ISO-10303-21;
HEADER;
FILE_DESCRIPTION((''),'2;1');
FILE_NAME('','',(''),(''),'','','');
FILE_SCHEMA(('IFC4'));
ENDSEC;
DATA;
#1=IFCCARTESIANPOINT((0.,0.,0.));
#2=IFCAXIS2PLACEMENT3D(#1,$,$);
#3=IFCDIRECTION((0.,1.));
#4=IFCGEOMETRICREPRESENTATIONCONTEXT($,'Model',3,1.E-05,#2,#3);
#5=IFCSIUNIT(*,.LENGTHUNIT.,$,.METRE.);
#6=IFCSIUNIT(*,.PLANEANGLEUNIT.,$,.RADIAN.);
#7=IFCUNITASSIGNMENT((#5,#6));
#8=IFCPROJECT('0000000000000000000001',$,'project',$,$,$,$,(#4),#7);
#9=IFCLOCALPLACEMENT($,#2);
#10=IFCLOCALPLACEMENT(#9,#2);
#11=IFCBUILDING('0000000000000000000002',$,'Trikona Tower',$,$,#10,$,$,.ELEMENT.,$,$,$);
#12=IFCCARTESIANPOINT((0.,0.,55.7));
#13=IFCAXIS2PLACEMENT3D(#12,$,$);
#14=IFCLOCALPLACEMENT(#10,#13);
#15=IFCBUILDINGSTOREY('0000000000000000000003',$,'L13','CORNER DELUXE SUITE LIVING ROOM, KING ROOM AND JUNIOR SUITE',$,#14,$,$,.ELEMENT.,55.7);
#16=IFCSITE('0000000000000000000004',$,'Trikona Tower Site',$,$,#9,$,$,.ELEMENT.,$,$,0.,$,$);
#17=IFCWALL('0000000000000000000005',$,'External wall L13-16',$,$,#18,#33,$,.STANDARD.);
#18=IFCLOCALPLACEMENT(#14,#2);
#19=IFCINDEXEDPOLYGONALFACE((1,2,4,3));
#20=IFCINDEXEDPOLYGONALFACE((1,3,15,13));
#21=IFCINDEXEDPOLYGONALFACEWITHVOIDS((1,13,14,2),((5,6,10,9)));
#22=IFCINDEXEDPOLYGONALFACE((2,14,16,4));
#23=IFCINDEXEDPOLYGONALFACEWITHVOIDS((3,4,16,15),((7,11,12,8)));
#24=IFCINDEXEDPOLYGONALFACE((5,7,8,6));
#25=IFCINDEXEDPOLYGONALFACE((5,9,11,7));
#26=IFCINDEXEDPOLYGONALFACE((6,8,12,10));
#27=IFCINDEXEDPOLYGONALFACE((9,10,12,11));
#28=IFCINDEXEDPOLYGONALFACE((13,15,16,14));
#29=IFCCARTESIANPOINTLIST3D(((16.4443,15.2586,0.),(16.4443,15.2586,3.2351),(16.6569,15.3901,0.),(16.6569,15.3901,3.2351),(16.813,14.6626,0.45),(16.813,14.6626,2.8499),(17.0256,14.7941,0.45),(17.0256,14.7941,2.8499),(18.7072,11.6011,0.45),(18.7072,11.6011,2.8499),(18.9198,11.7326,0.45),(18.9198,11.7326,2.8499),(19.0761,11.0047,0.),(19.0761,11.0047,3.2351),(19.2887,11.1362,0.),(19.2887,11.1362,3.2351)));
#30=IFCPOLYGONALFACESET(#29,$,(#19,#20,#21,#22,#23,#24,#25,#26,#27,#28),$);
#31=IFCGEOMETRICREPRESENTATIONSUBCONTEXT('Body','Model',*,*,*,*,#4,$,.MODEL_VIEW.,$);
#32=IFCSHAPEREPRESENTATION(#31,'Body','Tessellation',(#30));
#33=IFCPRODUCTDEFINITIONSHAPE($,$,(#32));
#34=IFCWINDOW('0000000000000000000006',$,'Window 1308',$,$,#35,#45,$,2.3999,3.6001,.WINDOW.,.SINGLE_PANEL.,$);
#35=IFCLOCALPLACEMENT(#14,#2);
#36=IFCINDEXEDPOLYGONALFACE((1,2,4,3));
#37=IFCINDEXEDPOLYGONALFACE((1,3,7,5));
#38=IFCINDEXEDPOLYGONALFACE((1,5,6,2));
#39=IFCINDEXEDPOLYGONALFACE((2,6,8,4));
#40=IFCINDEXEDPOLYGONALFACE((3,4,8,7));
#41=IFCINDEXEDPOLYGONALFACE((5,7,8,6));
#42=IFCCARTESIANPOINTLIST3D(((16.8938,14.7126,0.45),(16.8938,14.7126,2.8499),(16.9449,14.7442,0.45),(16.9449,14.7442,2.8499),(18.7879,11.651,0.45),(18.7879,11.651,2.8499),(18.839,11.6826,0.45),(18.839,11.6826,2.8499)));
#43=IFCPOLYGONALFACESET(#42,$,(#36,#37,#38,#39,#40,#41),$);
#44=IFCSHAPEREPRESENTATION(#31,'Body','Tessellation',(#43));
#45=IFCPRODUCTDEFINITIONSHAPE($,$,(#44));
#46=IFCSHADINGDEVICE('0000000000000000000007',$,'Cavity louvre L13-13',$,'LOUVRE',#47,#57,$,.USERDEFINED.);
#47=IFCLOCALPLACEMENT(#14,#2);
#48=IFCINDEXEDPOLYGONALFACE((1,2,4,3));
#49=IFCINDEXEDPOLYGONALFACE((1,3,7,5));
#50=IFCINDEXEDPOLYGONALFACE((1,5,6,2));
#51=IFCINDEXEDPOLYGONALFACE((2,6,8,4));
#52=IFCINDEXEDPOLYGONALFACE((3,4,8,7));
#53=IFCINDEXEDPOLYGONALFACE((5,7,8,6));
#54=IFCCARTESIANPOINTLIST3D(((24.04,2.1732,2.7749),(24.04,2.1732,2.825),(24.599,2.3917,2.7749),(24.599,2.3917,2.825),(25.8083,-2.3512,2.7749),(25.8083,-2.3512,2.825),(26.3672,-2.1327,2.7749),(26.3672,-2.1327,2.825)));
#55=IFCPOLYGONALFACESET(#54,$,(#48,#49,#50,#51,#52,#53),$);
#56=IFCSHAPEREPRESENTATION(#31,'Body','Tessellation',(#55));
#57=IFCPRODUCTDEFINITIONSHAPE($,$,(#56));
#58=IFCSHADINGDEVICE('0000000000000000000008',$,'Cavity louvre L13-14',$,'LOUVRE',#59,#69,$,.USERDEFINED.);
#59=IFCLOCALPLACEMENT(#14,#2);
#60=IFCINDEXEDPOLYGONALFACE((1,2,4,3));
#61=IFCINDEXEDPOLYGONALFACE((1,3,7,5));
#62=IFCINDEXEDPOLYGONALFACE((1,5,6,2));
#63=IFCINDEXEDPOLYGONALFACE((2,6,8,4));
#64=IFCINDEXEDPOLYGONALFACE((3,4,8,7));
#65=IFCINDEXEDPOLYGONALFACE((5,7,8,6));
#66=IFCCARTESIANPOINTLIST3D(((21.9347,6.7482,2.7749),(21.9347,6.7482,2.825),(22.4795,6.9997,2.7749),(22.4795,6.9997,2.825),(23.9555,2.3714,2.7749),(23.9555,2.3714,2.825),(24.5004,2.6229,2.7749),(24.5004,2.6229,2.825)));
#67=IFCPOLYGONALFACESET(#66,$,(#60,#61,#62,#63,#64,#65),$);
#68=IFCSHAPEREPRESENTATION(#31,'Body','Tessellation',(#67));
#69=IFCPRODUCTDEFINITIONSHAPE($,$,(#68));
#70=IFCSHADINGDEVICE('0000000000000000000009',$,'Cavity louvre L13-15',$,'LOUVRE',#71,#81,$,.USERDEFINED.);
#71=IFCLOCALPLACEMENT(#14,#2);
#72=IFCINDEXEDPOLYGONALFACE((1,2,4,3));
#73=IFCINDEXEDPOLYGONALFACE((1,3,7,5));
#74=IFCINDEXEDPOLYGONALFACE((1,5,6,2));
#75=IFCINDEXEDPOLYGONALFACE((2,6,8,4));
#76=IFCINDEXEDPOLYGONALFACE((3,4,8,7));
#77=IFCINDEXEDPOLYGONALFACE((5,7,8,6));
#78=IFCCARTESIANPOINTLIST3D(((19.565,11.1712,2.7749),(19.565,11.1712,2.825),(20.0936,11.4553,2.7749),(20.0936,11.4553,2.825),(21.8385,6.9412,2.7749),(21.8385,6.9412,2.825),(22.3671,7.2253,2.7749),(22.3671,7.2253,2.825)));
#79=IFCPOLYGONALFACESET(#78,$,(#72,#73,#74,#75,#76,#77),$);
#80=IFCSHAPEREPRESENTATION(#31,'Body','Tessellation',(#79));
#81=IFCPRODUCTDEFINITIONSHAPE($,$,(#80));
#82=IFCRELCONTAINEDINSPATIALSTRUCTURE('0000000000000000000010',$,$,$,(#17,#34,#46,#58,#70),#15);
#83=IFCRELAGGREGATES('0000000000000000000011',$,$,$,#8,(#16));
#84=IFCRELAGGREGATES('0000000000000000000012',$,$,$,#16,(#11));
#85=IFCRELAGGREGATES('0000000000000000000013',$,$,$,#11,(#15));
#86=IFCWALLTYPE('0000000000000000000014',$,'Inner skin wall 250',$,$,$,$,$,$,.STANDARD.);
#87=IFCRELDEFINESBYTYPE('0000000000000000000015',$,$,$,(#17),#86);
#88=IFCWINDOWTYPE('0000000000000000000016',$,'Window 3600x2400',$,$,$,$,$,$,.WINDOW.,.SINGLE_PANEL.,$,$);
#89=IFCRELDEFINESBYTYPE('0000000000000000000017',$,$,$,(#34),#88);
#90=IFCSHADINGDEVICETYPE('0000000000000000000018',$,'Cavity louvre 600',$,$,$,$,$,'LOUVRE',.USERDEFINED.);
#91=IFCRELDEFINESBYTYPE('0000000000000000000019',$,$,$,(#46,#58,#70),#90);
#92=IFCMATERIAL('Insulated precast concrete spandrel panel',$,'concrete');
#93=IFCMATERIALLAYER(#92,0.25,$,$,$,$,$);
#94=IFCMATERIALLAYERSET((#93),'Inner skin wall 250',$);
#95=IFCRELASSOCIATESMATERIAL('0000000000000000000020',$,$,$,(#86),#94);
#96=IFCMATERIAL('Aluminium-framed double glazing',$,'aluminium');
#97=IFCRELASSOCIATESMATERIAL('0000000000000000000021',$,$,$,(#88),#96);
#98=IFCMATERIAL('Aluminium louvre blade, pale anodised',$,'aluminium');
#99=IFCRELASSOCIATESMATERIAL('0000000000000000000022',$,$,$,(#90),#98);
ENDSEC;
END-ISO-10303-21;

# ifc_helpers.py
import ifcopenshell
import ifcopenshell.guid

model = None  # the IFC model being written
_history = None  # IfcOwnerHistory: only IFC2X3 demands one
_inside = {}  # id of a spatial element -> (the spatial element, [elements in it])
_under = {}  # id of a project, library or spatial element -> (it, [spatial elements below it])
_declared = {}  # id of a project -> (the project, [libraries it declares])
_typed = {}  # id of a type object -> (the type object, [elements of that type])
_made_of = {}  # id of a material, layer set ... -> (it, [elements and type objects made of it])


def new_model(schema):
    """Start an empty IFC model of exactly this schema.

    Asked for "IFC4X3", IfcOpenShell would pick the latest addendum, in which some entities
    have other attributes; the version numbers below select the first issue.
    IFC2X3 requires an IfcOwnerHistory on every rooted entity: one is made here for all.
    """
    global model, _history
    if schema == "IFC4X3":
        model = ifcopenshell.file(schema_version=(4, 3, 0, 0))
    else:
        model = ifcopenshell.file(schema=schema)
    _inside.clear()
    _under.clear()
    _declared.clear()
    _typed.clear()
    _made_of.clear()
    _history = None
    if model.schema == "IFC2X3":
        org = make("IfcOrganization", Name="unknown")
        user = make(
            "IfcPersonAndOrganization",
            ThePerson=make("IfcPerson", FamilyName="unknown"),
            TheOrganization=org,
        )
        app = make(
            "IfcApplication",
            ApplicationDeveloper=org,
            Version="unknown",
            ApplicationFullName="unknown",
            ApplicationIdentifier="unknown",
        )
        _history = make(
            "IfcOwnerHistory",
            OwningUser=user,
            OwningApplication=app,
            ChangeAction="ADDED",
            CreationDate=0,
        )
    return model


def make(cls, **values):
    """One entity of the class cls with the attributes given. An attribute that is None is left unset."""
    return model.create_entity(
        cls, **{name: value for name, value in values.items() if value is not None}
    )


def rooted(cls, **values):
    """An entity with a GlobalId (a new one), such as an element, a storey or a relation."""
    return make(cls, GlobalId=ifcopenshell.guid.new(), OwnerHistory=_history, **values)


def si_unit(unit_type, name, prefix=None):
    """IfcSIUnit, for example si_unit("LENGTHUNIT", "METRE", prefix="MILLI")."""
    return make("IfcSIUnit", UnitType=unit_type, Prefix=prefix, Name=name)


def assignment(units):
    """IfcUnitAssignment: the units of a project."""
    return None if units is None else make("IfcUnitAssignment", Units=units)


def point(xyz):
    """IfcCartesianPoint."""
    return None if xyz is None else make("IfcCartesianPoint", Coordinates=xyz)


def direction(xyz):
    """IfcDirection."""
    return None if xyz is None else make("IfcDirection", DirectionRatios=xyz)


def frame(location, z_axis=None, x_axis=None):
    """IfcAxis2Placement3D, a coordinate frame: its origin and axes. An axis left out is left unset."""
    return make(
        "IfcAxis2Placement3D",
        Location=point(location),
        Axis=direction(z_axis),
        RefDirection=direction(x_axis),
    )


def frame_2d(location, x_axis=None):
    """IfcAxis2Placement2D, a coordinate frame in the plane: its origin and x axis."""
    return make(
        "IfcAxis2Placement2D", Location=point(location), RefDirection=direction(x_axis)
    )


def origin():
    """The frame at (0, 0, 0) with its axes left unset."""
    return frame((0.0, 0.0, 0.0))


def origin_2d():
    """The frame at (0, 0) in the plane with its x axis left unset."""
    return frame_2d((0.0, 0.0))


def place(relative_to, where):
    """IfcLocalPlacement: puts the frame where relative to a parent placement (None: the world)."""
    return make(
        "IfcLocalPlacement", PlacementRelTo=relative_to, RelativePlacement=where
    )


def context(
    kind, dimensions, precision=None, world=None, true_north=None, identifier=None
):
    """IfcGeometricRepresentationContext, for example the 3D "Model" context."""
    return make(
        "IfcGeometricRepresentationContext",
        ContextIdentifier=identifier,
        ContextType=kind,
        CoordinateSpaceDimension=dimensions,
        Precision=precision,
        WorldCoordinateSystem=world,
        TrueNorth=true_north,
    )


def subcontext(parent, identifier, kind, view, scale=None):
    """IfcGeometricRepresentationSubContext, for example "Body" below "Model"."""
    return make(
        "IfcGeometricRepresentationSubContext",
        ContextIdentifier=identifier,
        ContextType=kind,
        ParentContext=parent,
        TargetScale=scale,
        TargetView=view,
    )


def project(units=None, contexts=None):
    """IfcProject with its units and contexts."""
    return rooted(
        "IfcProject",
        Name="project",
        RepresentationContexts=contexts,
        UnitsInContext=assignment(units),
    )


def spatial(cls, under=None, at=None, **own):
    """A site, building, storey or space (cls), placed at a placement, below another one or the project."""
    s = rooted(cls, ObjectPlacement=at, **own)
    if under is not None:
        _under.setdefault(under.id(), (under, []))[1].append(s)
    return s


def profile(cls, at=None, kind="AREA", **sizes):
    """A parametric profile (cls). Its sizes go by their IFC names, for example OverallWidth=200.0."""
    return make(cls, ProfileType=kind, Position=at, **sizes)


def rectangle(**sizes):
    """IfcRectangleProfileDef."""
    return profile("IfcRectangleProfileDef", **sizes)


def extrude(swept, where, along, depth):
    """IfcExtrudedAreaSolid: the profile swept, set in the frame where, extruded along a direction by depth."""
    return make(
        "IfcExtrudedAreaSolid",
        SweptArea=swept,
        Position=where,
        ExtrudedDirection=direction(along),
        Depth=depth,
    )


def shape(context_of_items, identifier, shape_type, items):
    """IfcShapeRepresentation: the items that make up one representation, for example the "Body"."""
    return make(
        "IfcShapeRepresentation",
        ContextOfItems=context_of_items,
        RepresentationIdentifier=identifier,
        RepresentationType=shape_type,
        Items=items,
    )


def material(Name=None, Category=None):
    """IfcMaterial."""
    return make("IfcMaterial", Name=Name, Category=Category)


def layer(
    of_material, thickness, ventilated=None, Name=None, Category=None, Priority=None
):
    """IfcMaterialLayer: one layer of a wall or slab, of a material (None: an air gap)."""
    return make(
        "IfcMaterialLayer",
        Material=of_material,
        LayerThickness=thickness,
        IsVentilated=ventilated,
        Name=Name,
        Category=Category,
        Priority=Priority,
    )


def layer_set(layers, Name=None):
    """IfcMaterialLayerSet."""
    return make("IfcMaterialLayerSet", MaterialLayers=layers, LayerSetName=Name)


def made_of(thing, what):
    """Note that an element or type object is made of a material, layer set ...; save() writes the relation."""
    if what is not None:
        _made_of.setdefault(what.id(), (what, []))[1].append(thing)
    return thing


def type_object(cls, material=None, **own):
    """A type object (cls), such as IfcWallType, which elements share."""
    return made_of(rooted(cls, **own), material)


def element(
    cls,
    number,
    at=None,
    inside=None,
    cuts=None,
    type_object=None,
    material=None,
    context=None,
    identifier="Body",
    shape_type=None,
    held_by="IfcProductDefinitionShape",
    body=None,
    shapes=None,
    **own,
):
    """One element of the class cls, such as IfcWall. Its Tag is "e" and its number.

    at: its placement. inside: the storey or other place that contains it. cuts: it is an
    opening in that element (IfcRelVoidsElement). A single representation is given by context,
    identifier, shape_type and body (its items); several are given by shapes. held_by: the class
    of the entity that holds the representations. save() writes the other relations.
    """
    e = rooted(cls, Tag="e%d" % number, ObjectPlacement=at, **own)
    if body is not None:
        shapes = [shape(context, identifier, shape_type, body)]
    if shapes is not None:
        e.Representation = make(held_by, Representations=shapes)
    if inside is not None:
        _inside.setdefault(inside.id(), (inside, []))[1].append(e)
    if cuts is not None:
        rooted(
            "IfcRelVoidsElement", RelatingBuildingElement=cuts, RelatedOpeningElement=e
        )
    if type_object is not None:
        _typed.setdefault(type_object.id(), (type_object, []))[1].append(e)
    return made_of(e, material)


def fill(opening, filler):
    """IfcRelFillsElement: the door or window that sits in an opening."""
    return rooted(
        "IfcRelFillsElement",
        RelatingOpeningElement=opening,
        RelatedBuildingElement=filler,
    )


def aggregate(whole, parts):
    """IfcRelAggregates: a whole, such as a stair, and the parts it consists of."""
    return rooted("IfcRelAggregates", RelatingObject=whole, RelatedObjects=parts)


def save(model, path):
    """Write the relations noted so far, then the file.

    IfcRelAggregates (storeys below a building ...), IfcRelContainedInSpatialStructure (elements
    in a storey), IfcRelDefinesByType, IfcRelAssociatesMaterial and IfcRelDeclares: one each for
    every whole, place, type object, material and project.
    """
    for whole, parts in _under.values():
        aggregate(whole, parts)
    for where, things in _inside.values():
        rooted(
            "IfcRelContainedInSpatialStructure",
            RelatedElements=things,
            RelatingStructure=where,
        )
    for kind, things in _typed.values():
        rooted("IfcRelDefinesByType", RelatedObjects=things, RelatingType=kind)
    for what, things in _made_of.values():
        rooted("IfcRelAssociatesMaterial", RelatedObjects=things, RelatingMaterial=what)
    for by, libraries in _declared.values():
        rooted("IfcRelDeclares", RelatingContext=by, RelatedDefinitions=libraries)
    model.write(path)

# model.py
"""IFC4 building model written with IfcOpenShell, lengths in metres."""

from ifc_helpers import new_model, si_unit, direction, frame, frame_2d, origin, origin_2d, place, context, subcontext, project, spatial, rectangle, extrude, material, layer, layer_set, type_object, element, fill, save


model = new_model("IFC4")

# Units and contexts
model_context = context("Model", 3, precision=1e-05, world=origin(), true_north=direction((0.0, 1.0)))
body_context = subcontext(model_context, "Body", "Model", "MODEL_VIEW")
ifc_project = project(units=[si_unit("LENGTHUNIT", "METRE"), si_unit("PLANEANGLEUNIT", "RADIAN")], contexts=[model_context])

# Site, building, storey
site_placement = place(None, origin())
site = spatial("IfcSite", under=ifc_project, at=site_placement, Name="Trikona Tower Site", CompositionType="ELEMENT", RefElevation=0.0)
building_placement = place(site_placement, origin())
building = spatial("IfcBuilding", under=site, at=building_placement, Name="Trikona Tower", CompositionType="ELEMENT")
storey_placement = place(building_placement, frame((0.0, 0.0, 55.7)))
storey = spatial("IfcBuildingStorey", under=building, at=storey_placement, Name="L13", Description="CORNER DELUXE SUITE LIVING ROOM, KING ROOM AND JUNIOR SUITE", CompositionType="ELEMENT", Elevation=55.7)

# Wall, opening, window
ifc_material_1 = material(Name="Insulated precast concrete spandrel panel", Category="concrete")
ifc_layer_1 = layer(ifc_material_1, 0.25)
ifc_layer_set_1 = layer_set([ifc_layer_1], Name="Inner skin wall 250")
wall_type = type_object("IfcWallType", Name="Inner skin wall 250", PredefinedType="STANDARD", material=ifc_layer_set_1)
ifc_material_2 = material(Name="Aluminium-framed double glazing", Category="aluminium")
window_type = type_object("IfcWindowType", Name="Window 3600x2400", PartitioningType="SINGLE_PANEL", PredefinedType="WINDOW", material=ifc_material_2)
wall_1_placement = place(storey_placement, frame((19.1824, 11.0706, 0.0), z_axis=(0.0, 0.0, 1.0), x_axis=(-0.526133, 0.850402, 0.0)))
wall_1 = element("IfcWall", 1, at=wall_1_placement, inside=storey, type_object=wall_type, Name="External wall L13-16", PredefinedType="STANDARD", context=body_context, shape_type="SweptSolid", body=[
    extrude(rectangle(XDim=5.0022, YDim=0.25, at=frame_2d((2.501, 0.0))), origin(), (0.0, 0.0, 1.0), 3.2351),
])
opening_1_placement = place(wall_1_placement, frame((0.7012, 0.0, 0.45)))
opening_1 = element("IfcOpeningElement", 2, at=opening_1_placement, cuts=wall_1, PredefinedType="OPENING", context=body_context, shape_type="SweptSolid", body=[
    extrude(rectangle(XDim=3.6001, YDim=2.3999, at=frame_2d((1.8, 1.2))), frame((0.0, 0.135, 0.0), z_axis=(0.0, -1.0, 0.0), x_axis=(1.0, 0.0, 0.0)), (0.0, 0.0, 1.0), 0.27),
])
window_1_placement = place(opening_1_placement, origin())
window_1 = element("IfcWindow", 3, at=window_1_placement, inside=storey, type_object=window_type, Name="Window 1308", OverallHeight=2.3999, OverallWidth=3.6001, PartitioningType="SINGLE_PANEL", PredefinedType="WINDOW", context=body_context, shape_type="SweptSolid", body=[
    extrude(rectangle(XDim=3.6001, YDim=2.3999, at=frame_2d((1.8, 1.2))), frame((0.0, 0.03, 0.0), z_axis=(0.0, -1.0, 0.0), x_axis=(1.0, 0.0, 0.0)), (0.0, 0.0, 1.0), 0.0601),
])
fill(opening_1, window_1)

# Shading devices
ifc_material_3 = material(Name="Aluminium louvre blade, pale anodised", Category="aluminium")
shading_device_type = type_object("IfcShadingDeviceType", Name="Cavity louvre 600", ElementType="LOUVRE", PredefinedType="USERDEFINED", material=ifc_material_3)
shading_device_1_placement = place(storey_placement, frame((25.2036, 0.0203, 2.7749), z_axis=(0.0, 0.0, 1.0), x_axis=(-0.364009, 0.931395, 0.0)))
element("IfcShadingDevice", 4, at=shading_device_1_placement, inside=storey, type_object=shading_device_type, Name="Cavity louvre L13-13", ObjectType="LOUVRE", PredefinedType="USERDEFINED", context=body_context, shape_type="SweptSolid", body=[
    extrude(rectangle(XDim=4.8577, YDim=0.6001, at=origin_2d()), origin(), (0.0, 0.0, 1.0), 0.05),
])
shading_device_2_placement = place(storey_placement, frame((23.2175, 4.6855, 2.7749), z_axis=(0.0, 0.0, 1.0), x_axis=(-0.419194, 0.907897, 0.0)))
element("IfcShadingDevice", 5, at=shading_device_2_placement, inside=storey, type_object=shading_device_type, Name="Cavity louvre L13-14", ObjectType="LOUVRE", PredefinedType="USERDEFINED", context=body_context, shape_type="SweptSolid", body=[
    extrude(rectangle(XDim=4.8208, YDim=0.6001, at=origin_2d()), origin(), (0.0, 0.0, 1.0), 0.05),
])
shading_device_3_placement = place(storey_placement, frame((20.9661, 9.1982, 2.7749), z_axis=(0.0, 0.0, 1.0), x_axis=(-0.473423, 0.880835, 0.0)))
element("IfcShadingDevice", 6, at=shading_device_3_placement, inside=storey, type_object=shading_device_type, Name="Cavity louvre L13-15", ObjectType="LOUVRE", PredefinedType="USERDEFINED", context=body_context, shape_type="SweptSolid", body=[
    extrude(rectangle(XDim=4.8022, YDim=0.6001, at=origin_2d()), origin(), (0.0, 0.0, 1.0), 0.05),
])

save(model, "model.ifc")
